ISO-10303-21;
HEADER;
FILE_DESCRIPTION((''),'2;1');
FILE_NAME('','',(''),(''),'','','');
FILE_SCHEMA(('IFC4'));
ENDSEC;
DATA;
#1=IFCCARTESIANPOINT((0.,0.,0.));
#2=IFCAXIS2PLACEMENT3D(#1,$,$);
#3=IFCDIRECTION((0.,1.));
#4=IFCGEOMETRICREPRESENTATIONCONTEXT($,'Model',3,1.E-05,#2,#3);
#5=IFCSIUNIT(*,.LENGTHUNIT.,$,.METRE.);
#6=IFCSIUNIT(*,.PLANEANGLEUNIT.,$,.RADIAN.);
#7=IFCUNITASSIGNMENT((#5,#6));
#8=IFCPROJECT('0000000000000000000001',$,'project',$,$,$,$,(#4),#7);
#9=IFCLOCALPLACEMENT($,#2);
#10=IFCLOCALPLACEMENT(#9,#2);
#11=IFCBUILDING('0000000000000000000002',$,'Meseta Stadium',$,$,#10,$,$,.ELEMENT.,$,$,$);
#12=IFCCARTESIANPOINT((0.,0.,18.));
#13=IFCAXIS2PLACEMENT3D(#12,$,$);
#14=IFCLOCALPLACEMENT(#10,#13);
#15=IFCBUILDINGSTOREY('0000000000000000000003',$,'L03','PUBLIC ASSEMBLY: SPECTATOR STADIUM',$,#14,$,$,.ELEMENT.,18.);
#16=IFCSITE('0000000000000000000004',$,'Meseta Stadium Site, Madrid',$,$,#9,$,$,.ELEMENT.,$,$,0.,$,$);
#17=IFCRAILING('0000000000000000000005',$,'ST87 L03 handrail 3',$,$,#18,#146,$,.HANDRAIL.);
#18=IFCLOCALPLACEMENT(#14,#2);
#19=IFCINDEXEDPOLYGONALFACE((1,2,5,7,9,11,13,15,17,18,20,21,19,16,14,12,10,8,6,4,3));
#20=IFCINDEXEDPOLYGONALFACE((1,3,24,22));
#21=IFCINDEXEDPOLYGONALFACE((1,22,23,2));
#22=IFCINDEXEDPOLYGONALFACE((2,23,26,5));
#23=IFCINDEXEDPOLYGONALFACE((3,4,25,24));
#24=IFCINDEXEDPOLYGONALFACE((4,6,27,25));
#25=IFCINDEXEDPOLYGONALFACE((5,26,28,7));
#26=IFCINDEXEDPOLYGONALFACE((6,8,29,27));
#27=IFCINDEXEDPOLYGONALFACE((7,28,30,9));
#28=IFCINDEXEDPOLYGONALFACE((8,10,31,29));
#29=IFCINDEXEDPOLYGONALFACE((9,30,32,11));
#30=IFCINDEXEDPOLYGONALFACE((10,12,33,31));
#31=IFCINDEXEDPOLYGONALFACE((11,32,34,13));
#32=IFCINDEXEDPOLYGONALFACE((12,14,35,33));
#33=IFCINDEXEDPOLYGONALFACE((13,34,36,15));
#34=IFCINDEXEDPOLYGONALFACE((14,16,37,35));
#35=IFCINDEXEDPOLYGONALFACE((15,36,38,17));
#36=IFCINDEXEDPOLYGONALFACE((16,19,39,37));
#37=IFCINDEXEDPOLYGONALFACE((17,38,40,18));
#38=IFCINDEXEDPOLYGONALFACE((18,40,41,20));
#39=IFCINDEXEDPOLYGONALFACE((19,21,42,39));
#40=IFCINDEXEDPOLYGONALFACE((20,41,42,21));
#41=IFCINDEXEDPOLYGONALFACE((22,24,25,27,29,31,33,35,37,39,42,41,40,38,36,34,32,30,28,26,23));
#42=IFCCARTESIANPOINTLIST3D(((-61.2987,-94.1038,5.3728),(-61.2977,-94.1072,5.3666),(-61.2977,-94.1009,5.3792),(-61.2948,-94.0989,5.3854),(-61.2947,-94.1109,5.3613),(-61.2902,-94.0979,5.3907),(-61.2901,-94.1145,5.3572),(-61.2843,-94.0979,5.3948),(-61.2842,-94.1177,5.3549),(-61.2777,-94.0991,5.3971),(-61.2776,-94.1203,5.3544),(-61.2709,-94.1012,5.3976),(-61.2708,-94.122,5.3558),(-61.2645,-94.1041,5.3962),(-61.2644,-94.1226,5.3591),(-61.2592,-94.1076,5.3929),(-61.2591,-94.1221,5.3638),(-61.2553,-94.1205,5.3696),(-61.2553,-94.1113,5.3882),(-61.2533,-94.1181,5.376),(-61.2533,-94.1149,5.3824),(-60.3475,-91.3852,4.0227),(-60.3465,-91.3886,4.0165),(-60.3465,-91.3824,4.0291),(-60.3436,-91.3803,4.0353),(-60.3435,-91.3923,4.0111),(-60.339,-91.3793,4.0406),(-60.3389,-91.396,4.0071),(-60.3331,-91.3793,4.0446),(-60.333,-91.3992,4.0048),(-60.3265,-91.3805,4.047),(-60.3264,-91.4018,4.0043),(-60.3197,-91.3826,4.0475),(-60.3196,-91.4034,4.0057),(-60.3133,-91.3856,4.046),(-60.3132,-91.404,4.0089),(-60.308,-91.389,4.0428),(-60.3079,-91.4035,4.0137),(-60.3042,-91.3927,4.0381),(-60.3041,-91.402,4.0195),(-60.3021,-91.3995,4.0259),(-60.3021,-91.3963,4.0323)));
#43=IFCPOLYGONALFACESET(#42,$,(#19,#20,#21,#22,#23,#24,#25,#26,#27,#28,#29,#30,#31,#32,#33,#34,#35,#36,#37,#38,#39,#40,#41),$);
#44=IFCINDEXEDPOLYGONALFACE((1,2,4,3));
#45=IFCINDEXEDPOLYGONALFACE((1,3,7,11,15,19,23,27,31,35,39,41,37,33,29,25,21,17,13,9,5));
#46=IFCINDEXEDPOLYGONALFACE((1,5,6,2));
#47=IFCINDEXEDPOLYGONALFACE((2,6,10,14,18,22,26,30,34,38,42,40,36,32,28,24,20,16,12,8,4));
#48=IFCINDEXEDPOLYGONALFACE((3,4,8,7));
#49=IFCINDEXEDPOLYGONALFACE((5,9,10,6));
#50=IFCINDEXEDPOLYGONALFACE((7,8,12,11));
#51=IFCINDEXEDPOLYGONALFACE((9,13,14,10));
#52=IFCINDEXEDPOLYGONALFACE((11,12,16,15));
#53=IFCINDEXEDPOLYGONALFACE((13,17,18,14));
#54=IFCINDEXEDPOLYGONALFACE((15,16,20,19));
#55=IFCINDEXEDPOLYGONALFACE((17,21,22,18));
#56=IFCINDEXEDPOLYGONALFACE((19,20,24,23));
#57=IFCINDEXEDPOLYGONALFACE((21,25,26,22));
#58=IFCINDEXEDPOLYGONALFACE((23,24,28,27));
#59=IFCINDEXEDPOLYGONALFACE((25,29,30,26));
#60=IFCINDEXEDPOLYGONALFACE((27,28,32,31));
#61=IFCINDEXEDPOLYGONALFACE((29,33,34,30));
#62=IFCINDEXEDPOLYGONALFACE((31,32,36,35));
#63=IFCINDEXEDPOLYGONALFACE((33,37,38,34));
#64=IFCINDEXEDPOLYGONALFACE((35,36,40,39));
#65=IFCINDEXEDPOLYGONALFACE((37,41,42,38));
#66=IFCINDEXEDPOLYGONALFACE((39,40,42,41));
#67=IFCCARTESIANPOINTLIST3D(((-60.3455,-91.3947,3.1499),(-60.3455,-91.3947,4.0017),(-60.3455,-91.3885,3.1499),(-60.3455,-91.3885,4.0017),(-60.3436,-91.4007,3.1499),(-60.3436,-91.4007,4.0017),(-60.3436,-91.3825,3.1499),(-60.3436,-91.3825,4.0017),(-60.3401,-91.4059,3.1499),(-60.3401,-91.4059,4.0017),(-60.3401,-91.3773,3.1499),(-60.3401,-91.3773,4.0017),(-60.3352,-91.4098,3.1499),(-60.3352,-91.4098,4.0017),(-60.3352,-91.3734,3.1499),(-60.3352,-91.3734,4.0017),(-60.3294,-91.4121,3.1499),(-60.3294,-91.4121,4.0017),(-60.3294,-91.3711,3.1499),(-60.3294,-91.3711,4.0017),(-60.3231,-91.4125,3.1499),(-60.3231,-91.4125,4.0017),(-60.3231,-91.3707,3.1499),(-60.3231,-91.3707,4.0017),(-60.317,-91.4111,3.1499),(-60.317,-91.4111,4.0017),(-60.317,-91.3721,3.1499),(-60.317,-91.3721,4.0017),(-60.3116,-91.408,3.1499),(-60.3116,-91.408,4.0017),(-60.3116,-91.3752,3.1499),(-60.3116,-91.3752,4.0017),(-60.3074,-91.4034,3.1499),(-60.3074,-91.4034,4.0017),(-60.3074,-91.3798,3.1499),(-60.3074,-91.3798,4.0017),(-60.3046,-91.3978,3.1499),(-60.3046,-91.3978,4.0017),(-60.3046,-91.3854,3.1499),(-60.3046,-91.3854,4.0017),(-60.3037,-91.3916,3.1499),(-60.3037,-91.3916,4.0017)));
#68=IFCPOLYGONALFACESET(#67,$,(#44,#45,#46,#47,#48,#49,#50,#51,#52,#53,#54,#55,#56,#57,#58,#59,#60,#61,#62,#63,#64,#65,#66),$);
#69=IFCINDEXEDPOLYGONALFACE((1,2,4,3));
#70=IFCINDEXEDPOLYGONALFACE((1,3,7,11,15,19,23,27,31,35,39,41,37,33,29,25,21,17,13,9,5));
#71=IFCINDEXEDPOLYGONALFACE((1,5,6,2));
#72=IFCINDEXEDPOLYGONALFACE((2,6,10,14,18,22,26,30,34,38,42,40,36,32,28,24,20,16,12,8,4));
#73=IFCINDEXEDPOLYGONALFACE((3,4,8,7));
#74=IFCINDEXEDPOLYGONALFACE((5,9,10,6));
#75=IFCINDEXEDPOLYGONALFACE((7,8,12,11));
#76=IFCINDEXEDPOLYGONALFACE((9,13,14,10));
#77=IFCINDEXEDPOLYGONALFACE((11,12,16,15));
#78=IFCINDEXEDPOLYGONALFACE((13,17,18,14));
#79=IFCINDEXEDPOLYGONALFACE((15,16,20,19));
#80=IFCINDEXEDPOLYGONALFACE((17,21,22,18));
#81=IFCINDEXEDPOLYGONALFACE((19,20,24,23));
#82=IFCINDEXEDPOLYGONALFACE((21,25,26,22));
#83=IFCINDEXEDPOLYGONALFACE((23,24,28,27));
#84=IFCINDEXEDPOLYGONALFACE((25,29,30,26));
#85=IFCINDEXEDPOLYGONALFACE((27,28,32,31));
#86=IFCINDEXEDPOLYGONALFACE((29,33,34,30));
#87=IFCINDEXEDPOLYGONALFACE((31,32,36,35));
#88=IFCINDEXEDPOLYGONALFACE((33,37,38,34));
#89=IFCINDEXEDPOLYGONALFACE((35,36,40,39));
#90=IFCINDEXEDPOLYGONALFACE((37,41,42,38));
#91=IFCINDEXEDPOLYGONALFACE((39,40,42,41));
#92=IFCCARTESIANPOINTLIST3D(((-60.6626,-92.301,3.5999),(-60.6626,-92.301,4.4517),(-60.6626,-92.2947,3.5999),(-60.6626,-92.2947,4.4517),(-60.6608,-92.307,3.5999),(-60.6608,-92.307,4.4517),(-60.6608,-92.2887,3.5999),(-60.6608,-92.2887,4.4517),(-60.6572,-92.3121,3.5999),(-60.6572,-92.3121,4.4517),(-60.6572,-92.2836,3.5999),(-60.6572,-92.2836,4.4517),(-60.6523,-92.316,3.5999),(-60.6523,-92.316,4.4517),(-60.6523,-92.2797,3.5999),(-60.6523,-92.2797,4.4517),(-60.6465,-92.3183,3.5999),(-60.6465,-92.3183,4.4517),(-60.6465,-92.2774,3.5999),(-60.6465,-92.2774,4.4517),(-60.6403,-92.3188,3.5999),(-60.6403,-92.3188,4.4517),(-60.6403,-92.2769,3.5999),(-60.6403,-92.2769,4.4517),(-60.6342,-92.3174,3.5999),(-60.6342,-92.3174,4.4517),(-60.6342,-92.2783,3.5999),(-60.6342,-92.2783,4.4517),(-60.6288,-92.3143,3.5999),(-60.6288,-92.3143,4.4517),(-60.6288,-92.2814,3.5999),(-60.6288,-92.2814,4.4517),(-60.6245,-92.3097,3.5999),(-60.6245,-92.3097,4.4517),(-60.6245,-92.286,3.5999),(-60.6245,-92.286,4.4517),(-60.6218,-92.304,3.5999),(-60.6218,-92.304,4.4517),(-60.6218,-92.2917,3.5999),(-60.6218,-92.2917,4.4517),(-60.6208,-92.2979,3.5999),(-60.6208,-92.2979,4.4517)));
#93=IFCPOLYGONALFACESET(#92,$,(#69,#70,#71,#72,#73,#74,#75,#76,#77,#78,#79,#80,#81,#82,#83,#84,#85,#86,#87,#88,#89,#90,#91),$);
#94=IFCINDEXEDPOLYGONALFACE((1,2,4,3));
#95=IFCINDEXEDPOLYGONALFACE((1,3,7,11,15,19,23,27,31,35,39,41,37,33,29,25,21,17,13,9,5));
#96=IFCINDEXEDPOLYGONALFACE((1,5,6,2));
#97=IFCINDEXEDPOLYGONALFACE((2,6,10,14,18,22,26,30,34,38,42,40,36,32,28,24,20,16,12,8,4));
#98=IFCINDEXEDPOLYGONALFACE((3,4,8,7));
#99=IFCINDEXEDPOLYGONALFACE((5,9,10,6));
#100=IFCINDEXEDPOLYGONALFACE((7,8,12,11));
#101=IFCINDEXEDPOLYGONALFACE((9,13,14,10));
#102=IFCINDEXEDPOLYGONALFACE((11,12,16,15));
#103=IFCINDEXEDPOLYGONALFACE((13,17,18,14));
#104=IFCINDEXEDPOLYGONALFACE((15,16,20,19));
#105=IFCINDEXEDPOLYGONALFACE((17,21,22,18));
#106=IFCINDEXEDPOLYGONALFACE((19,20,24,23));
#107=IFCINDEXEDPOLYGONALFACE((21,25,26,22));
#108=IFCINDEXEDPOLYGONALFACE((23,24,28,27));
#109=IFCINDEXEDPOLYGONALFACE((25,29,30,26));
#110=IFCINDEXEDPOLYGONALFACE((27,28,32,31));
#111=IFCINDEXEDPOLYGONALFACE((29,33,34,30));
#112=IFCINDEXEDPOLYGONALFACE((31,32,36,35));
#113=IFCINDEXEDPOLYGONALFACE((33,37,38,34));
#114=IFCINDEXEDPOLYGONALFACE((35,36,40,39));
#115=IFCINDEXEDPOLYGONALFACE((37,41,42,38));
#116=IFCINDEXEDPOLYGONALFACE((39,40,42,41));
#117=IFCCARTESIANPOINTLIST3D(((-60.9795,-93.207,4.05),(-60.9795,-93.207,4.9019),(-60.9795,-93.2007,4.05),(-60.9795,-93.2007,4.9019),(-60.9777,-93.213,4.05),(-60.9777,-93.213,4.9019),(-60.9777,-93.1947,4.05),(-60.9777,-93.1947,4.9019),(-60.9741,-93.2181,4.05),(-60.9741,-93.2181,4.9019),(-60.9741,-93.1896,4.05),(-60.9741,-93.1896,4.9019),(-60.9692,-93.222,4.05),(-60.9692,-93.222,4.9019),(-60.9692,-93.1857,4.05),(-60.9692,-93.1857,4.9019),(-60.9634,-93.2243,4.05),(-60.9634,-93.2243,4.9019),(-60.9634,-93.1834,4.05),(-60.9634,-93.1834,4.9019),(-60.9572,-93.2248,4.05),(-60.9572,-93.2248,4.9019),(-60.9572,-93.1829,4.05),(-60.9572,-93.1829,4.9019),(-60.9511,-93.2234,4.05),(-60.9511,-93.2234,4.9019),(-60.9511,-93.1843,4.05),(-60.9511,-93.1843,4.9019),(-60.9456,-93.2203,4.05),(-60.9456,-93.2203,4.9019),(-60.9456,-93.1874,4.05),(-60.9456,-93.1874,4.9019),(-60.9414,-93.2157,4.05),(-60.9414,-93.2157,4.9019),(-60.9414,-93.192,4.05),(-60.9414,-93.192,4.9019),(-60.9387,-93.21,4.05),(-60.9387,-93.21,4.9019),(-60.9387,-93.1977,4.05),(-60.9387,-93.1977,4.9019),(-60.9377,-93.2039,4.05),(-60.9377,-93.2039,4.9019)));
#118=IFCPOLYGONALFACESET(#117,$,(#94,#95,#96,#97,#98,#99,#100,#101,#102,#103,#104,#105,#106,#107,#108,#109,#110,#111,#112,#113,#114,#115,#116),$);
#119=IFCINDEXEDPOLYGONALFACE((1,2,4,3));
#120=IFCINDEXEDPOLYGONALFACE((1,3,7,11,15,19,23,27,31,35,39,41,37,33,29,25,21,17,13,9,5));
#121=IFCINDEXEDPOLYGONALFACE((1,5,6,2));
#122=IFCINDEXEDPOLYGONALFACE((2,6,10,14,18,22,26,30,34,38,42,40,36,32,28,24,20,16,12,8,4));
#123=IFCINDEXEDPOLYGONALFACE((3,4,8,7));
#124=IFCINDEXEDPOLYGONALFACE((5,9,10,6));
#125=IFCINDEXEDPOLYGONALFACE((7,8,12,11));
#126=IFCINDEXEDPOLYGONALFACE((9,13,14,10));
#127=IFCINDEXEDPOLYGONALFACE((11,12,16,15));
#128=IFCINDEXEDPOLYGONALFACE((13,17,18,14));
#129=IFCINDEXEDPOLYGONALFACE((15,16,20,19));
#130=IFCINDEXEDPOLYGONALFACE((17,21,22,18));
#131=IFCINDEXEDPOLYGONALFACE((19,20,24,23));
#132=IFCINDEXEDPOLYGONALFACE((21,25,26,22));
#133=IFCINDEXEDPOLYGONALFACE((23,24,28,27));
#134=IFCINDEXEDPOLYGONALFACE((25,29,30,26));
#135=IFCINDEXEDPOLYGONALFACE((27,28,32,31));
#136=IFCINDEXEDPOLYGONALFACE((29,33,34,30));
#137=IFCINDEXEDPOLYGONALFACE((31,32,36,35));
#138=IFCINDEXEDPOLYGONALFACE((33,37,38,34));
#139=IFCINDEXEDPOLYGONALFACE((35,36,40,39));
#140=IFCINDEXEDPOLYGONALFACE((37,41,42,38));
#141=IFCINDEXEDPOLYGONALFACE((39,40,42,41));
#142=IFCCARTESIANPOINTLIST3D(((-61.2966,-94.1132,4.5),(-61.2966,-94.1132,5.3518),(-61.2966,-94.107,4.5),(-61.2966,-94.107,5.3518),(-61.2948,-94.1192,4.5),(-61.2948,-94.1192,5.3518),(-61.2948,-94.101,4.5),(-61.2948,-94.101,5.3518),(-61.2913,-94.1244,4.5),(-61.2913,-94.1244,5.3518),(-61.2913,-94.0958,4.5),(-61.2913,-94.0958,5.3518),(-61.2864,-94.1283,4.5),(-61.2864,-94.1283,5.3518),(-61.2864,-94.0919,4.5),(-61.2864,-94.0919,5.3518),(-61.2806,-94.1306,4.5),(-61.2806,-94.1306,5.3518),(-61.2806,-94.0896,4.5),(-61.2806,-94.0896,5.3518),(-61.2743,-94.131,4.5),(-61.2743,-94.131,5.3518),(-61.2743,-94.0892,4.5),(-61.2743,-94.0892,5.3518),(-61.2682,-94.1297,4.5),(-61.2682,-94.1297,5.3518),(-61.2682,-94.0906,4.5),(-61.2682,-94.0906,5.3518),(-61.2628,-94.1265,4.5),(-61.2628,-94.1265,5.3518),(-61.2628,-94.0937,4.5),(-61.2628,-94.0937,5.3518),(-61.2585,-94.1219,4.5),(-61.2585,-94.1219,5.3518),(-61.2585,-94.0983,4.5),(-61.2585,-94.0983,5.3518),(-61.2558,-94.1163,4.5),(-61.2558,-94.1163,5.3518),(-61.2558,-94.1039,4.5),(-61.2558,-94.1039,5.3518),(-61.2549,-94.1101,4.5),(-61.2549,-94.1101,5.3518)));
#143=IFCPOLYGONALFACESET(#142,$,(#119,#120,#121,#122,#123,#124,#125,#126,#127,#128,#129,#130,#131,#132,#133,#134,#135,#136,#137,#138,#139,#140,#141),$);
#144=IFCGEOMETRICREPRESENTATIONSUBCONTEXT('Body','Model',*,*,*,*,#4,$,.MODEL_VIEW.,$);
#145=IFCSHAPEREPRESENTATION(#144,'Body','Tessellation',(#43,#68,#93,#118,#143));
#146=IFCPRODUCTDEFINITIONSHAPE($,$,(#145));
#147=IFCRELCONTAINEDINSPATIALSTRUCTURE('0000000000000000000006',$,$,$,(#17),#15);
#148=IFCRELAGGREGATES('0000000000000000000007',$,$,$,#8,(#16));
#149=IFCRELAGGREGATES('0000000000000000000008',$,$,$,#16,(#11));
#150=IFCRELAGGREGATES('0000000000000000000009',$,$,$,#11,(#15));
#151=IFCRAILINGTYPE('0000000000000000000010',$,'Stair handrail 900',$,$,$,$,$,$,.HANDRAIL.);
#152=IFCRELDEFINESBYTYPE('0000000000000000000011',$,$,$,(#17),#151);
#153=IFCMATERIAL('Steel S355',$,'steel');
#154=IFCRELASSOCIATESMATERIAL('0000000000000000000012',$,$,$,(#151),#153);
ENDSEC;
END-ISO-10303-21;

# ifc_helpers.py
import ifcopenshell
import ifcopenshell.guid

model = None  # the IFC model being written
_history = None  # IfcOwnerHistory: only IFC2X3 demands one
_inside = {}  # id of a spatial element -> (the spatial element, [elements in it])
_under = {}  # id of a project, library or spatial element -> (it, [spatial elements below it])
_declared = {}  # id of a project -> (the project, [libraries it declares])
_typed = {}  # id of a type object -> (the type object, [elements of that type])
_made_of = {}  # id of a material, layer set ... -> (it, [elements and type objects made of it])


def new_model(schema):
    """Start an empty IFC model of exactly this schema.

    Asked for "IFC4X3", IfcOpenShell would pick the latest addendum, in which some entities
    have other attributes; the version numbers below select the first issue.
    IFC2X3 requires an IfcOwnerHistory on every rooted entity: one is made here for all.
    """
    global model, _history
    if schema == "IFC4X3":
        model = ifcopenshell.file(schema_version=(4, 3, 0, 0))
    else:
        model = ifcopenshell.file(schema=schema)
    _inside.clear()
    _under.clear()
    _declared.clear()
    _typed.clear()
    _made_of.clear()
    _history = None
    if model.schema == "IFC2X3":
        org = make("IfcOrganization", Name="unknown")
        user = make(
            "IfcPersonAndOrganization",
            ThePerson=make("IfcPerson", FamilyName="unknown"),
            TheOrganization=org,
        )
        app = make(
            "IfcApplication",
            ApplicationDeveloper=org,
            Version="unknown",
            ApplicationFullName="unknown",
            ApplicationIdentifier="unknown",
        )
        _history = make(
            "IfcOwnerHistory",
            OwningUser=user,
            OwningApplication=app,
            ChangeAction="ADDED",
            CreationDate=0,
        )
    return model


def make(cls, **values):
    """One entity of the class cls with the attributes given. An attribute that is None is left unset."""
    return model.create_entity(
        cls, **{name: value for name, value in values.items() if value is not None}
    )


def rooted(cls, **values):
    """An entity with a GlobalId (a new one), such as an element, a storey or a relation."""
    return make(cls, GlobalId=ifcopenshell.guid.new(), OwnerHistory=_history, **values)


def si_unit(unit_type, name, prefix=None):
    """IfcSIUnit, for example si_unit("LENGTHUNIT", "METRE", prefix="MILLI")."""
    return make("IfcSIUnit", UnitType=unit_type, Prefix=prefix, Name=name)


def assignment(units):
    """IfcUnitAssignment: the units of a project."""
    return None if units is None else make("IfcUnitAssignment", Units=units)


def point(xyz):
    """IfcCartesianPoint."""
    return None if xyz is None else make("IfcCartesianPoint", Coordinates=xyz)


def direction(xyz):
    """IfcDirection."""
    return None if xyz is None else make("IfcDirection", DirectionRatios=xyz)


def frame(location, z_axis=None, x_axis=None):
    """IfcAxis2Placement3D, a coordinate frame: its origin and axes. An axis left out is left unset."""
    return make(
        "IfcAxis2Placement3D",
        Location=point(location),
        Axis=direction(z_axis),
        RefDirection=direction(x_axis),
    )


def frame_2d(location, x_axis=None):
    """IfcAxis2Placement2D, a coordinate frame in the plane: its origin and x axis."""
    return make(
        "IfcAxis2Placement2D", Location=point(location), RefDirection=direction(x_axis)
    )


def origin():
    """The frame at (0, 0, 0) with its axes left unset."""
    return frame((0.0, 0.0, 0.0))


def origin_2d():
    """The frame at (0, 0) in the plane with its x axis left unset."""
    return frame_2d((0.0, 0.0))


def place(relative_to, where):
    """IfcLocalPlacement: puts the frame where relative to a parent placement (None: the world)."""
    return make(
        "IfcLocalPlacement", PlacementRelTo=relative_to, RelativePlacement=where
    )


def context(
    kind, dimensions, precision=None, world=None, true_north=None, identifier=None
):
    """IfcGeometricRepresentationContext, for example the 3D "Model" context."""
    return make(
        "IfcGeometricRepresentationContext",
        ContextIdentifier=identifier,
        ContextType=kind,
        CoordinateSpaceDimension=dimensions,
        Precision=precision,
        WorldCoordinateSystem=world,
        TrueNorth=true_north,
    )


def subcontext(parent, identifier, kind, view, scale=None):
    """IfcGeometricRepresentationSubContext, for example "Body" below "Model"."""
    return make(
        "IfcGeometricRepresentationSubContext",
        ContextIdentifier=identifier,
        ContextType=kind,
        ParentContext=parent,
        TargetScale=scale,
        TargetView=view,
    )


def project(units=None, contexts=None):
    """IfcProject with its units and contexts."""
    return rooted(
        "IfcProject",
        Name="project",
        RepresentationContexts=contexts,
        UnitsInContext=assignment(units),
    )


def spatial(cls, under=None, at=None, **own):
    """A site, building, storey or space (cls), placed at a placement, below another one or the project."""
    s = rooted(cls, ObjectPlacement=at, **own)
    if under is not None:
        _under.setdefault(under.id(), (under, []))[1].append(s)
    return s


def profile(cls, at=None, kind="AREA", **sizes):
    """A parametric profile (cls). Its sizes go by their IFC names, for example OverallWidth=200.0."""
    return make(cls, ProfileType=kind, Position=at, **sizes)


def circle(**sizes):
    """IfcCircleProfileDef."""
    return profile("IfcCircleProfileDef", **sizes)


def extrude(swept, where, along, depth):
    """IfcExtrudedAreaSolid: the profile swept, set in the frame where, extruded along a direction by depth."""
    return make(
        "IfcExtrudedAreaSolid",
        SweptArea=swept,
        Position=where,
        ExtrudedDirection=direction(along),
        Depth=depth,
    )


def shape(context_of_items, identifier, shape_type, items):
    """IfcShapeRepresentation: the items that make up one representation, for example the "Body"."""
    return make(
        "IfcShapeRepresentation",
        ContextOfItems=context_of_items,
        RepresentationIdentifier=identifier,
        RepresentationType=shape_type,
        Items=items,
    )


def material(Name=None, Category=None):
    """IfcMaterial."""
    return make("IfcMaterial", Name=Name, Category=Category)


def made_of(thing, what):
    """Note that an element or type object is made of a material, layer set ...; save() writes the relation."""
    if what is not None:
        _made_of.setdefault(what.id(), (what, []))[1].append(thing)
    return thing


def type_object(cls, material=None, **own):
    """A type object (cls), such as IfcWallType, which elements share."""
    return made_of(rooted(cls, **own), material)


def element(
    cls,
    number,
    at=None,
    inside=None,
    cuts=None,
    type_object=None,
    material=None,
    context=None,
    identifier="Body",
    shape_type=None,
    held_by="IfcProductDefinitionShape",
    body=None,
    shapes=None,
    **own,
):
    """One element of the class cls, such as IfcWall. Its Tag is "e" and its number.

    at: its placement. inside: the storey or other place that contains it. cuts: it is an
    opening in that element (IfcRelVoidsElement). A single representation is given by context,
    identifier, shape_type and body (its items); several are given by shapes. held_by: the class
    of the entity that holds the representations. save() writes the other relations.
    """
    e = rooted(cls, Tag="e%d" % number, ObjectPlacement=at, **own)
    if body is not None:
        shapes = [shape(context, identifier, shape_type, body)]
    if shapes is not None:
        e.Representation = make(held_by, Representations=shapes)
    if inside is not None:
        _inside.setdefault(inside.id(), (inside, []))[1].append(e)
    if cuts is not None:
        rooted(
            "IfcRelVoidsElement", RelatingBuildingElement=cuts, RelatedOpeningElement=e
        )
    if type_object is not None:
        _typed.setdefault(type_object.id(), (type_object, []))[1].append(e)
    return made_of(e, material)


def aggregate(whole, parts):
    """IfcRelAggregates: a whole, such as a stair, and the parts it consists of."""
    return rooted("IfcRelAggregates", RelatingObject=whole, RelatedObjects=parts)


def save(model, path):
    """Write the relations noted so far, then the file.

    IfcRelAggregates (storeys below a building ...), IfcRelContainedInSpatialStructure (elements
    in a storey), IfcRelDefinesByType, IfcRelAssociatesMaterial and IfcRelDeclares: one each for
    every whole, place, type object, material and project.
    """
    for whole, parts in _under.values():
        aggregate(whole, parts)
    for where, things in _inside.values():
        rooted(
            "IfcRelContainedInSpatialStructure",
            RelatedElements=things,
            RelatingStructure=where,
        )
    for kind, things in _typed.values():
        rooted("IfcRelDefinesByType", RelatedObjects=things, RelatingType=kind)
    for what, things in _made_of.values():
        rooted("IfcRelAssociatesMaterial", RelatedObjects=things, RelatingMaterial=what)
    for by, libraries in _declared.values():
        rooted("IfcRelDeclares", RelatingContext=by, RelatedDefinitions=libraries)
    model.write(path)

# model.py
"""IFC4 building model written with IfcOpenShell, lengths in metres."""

from ifc_helpers import new_model, si_unit, direction, frame, origin, origin_2d, place, context, subcontext, project, spatial, circle, extrude, material, type_object, element, save


model = new_model("IFC4")

# Units and contexts
model_context = context("Model", 3, precision=1e-05, world=origin(), true_north=direction((0.0, 1.0)))
body_context = subcontext(model_context, "Body", "Model", "MODEL_VIEW")
ifc_project = project(units=[si_unit("LENGTHUNIT", "METRE"), si_unit("PLANEANGLEUNIT", "RADIAN")], contexts=[model_context])

# Site, building, storey
site_placement = place(None, origin())
site = spatial("IfcSite", under=ifc_project, at=site_placement, Name="Meseta Stadium Site, Madrid", CompositionType="ELEMENT", RefElevation=0.0)
building_placement = place(site_placement, origin())
building = spatial("IfcBuilding", under=site, at=building_placement, Name="Meseta Stadium", CompositionType="ELEMENT")
storey_placement = place(building_placement, frame((0.0, 0.0, 18.0)))
storey = spatial("IfcBuildingStorey", under=building, at=storey_placement, Name="L03", Description="PUBLIC ASSEMBLY: SPECTATOR STADIUM", CompositionType="ELEMENT", Elevation=18.0)

# Railing
ifc_material_1 = material(Name="Steel S355", Category="steel")
railing_type_1 = type_object("IfcRailingType", Name="Stair handrail 900", PredefinedType="HANDRAIL", material=ifc_material_1)
for number, where, name in (
    (1, (-60.3247, -91.3916, 3.1499), "ST87 L03 handrail 3"),
):
    element("IfcRailing", number, at=place(storey_placement, frame(where)), inside=storey, type_object=railing_type_1, Name=name, PredefinedType="HANDRAIL", context=body_context, shape_type="SweptSolid", body=[
        extrude(circle(Radius=0.0239, at=origin_2d()), frame((0.0, 0.0, 0.876), z_axis=(-0.299031, -0.854649, 0.424446), x_axis=(0.943891, -0.330256, 0.0)), (0.0, 0.0, 1.0), 3.1809),
        extrude(circle(Radius=0.021, at=origin_2d()), origin(), (0.0, 0.0, 1.0), 0.8518),
        extrude(circle(Radius=0.021, at=origin_2d()), frame((-0.3171, -0.9062, 0.45)), (0.0, 0.0, 1.0), 0.8518),
        extrude(circle(Radius=0.021, at=origin_2d()), frame((-0.634, -1.8123, 0.9001)), (0.0, 0.0, 1.0), 0.8518),
        extrude(circle(Radius=0.021, at=origin_2d()), frame((-0.9512, -2.7185, 1.3501)), (0.0, 0.0, 1.0), 0.8518),
    ])

save(model, "model.ifc")
